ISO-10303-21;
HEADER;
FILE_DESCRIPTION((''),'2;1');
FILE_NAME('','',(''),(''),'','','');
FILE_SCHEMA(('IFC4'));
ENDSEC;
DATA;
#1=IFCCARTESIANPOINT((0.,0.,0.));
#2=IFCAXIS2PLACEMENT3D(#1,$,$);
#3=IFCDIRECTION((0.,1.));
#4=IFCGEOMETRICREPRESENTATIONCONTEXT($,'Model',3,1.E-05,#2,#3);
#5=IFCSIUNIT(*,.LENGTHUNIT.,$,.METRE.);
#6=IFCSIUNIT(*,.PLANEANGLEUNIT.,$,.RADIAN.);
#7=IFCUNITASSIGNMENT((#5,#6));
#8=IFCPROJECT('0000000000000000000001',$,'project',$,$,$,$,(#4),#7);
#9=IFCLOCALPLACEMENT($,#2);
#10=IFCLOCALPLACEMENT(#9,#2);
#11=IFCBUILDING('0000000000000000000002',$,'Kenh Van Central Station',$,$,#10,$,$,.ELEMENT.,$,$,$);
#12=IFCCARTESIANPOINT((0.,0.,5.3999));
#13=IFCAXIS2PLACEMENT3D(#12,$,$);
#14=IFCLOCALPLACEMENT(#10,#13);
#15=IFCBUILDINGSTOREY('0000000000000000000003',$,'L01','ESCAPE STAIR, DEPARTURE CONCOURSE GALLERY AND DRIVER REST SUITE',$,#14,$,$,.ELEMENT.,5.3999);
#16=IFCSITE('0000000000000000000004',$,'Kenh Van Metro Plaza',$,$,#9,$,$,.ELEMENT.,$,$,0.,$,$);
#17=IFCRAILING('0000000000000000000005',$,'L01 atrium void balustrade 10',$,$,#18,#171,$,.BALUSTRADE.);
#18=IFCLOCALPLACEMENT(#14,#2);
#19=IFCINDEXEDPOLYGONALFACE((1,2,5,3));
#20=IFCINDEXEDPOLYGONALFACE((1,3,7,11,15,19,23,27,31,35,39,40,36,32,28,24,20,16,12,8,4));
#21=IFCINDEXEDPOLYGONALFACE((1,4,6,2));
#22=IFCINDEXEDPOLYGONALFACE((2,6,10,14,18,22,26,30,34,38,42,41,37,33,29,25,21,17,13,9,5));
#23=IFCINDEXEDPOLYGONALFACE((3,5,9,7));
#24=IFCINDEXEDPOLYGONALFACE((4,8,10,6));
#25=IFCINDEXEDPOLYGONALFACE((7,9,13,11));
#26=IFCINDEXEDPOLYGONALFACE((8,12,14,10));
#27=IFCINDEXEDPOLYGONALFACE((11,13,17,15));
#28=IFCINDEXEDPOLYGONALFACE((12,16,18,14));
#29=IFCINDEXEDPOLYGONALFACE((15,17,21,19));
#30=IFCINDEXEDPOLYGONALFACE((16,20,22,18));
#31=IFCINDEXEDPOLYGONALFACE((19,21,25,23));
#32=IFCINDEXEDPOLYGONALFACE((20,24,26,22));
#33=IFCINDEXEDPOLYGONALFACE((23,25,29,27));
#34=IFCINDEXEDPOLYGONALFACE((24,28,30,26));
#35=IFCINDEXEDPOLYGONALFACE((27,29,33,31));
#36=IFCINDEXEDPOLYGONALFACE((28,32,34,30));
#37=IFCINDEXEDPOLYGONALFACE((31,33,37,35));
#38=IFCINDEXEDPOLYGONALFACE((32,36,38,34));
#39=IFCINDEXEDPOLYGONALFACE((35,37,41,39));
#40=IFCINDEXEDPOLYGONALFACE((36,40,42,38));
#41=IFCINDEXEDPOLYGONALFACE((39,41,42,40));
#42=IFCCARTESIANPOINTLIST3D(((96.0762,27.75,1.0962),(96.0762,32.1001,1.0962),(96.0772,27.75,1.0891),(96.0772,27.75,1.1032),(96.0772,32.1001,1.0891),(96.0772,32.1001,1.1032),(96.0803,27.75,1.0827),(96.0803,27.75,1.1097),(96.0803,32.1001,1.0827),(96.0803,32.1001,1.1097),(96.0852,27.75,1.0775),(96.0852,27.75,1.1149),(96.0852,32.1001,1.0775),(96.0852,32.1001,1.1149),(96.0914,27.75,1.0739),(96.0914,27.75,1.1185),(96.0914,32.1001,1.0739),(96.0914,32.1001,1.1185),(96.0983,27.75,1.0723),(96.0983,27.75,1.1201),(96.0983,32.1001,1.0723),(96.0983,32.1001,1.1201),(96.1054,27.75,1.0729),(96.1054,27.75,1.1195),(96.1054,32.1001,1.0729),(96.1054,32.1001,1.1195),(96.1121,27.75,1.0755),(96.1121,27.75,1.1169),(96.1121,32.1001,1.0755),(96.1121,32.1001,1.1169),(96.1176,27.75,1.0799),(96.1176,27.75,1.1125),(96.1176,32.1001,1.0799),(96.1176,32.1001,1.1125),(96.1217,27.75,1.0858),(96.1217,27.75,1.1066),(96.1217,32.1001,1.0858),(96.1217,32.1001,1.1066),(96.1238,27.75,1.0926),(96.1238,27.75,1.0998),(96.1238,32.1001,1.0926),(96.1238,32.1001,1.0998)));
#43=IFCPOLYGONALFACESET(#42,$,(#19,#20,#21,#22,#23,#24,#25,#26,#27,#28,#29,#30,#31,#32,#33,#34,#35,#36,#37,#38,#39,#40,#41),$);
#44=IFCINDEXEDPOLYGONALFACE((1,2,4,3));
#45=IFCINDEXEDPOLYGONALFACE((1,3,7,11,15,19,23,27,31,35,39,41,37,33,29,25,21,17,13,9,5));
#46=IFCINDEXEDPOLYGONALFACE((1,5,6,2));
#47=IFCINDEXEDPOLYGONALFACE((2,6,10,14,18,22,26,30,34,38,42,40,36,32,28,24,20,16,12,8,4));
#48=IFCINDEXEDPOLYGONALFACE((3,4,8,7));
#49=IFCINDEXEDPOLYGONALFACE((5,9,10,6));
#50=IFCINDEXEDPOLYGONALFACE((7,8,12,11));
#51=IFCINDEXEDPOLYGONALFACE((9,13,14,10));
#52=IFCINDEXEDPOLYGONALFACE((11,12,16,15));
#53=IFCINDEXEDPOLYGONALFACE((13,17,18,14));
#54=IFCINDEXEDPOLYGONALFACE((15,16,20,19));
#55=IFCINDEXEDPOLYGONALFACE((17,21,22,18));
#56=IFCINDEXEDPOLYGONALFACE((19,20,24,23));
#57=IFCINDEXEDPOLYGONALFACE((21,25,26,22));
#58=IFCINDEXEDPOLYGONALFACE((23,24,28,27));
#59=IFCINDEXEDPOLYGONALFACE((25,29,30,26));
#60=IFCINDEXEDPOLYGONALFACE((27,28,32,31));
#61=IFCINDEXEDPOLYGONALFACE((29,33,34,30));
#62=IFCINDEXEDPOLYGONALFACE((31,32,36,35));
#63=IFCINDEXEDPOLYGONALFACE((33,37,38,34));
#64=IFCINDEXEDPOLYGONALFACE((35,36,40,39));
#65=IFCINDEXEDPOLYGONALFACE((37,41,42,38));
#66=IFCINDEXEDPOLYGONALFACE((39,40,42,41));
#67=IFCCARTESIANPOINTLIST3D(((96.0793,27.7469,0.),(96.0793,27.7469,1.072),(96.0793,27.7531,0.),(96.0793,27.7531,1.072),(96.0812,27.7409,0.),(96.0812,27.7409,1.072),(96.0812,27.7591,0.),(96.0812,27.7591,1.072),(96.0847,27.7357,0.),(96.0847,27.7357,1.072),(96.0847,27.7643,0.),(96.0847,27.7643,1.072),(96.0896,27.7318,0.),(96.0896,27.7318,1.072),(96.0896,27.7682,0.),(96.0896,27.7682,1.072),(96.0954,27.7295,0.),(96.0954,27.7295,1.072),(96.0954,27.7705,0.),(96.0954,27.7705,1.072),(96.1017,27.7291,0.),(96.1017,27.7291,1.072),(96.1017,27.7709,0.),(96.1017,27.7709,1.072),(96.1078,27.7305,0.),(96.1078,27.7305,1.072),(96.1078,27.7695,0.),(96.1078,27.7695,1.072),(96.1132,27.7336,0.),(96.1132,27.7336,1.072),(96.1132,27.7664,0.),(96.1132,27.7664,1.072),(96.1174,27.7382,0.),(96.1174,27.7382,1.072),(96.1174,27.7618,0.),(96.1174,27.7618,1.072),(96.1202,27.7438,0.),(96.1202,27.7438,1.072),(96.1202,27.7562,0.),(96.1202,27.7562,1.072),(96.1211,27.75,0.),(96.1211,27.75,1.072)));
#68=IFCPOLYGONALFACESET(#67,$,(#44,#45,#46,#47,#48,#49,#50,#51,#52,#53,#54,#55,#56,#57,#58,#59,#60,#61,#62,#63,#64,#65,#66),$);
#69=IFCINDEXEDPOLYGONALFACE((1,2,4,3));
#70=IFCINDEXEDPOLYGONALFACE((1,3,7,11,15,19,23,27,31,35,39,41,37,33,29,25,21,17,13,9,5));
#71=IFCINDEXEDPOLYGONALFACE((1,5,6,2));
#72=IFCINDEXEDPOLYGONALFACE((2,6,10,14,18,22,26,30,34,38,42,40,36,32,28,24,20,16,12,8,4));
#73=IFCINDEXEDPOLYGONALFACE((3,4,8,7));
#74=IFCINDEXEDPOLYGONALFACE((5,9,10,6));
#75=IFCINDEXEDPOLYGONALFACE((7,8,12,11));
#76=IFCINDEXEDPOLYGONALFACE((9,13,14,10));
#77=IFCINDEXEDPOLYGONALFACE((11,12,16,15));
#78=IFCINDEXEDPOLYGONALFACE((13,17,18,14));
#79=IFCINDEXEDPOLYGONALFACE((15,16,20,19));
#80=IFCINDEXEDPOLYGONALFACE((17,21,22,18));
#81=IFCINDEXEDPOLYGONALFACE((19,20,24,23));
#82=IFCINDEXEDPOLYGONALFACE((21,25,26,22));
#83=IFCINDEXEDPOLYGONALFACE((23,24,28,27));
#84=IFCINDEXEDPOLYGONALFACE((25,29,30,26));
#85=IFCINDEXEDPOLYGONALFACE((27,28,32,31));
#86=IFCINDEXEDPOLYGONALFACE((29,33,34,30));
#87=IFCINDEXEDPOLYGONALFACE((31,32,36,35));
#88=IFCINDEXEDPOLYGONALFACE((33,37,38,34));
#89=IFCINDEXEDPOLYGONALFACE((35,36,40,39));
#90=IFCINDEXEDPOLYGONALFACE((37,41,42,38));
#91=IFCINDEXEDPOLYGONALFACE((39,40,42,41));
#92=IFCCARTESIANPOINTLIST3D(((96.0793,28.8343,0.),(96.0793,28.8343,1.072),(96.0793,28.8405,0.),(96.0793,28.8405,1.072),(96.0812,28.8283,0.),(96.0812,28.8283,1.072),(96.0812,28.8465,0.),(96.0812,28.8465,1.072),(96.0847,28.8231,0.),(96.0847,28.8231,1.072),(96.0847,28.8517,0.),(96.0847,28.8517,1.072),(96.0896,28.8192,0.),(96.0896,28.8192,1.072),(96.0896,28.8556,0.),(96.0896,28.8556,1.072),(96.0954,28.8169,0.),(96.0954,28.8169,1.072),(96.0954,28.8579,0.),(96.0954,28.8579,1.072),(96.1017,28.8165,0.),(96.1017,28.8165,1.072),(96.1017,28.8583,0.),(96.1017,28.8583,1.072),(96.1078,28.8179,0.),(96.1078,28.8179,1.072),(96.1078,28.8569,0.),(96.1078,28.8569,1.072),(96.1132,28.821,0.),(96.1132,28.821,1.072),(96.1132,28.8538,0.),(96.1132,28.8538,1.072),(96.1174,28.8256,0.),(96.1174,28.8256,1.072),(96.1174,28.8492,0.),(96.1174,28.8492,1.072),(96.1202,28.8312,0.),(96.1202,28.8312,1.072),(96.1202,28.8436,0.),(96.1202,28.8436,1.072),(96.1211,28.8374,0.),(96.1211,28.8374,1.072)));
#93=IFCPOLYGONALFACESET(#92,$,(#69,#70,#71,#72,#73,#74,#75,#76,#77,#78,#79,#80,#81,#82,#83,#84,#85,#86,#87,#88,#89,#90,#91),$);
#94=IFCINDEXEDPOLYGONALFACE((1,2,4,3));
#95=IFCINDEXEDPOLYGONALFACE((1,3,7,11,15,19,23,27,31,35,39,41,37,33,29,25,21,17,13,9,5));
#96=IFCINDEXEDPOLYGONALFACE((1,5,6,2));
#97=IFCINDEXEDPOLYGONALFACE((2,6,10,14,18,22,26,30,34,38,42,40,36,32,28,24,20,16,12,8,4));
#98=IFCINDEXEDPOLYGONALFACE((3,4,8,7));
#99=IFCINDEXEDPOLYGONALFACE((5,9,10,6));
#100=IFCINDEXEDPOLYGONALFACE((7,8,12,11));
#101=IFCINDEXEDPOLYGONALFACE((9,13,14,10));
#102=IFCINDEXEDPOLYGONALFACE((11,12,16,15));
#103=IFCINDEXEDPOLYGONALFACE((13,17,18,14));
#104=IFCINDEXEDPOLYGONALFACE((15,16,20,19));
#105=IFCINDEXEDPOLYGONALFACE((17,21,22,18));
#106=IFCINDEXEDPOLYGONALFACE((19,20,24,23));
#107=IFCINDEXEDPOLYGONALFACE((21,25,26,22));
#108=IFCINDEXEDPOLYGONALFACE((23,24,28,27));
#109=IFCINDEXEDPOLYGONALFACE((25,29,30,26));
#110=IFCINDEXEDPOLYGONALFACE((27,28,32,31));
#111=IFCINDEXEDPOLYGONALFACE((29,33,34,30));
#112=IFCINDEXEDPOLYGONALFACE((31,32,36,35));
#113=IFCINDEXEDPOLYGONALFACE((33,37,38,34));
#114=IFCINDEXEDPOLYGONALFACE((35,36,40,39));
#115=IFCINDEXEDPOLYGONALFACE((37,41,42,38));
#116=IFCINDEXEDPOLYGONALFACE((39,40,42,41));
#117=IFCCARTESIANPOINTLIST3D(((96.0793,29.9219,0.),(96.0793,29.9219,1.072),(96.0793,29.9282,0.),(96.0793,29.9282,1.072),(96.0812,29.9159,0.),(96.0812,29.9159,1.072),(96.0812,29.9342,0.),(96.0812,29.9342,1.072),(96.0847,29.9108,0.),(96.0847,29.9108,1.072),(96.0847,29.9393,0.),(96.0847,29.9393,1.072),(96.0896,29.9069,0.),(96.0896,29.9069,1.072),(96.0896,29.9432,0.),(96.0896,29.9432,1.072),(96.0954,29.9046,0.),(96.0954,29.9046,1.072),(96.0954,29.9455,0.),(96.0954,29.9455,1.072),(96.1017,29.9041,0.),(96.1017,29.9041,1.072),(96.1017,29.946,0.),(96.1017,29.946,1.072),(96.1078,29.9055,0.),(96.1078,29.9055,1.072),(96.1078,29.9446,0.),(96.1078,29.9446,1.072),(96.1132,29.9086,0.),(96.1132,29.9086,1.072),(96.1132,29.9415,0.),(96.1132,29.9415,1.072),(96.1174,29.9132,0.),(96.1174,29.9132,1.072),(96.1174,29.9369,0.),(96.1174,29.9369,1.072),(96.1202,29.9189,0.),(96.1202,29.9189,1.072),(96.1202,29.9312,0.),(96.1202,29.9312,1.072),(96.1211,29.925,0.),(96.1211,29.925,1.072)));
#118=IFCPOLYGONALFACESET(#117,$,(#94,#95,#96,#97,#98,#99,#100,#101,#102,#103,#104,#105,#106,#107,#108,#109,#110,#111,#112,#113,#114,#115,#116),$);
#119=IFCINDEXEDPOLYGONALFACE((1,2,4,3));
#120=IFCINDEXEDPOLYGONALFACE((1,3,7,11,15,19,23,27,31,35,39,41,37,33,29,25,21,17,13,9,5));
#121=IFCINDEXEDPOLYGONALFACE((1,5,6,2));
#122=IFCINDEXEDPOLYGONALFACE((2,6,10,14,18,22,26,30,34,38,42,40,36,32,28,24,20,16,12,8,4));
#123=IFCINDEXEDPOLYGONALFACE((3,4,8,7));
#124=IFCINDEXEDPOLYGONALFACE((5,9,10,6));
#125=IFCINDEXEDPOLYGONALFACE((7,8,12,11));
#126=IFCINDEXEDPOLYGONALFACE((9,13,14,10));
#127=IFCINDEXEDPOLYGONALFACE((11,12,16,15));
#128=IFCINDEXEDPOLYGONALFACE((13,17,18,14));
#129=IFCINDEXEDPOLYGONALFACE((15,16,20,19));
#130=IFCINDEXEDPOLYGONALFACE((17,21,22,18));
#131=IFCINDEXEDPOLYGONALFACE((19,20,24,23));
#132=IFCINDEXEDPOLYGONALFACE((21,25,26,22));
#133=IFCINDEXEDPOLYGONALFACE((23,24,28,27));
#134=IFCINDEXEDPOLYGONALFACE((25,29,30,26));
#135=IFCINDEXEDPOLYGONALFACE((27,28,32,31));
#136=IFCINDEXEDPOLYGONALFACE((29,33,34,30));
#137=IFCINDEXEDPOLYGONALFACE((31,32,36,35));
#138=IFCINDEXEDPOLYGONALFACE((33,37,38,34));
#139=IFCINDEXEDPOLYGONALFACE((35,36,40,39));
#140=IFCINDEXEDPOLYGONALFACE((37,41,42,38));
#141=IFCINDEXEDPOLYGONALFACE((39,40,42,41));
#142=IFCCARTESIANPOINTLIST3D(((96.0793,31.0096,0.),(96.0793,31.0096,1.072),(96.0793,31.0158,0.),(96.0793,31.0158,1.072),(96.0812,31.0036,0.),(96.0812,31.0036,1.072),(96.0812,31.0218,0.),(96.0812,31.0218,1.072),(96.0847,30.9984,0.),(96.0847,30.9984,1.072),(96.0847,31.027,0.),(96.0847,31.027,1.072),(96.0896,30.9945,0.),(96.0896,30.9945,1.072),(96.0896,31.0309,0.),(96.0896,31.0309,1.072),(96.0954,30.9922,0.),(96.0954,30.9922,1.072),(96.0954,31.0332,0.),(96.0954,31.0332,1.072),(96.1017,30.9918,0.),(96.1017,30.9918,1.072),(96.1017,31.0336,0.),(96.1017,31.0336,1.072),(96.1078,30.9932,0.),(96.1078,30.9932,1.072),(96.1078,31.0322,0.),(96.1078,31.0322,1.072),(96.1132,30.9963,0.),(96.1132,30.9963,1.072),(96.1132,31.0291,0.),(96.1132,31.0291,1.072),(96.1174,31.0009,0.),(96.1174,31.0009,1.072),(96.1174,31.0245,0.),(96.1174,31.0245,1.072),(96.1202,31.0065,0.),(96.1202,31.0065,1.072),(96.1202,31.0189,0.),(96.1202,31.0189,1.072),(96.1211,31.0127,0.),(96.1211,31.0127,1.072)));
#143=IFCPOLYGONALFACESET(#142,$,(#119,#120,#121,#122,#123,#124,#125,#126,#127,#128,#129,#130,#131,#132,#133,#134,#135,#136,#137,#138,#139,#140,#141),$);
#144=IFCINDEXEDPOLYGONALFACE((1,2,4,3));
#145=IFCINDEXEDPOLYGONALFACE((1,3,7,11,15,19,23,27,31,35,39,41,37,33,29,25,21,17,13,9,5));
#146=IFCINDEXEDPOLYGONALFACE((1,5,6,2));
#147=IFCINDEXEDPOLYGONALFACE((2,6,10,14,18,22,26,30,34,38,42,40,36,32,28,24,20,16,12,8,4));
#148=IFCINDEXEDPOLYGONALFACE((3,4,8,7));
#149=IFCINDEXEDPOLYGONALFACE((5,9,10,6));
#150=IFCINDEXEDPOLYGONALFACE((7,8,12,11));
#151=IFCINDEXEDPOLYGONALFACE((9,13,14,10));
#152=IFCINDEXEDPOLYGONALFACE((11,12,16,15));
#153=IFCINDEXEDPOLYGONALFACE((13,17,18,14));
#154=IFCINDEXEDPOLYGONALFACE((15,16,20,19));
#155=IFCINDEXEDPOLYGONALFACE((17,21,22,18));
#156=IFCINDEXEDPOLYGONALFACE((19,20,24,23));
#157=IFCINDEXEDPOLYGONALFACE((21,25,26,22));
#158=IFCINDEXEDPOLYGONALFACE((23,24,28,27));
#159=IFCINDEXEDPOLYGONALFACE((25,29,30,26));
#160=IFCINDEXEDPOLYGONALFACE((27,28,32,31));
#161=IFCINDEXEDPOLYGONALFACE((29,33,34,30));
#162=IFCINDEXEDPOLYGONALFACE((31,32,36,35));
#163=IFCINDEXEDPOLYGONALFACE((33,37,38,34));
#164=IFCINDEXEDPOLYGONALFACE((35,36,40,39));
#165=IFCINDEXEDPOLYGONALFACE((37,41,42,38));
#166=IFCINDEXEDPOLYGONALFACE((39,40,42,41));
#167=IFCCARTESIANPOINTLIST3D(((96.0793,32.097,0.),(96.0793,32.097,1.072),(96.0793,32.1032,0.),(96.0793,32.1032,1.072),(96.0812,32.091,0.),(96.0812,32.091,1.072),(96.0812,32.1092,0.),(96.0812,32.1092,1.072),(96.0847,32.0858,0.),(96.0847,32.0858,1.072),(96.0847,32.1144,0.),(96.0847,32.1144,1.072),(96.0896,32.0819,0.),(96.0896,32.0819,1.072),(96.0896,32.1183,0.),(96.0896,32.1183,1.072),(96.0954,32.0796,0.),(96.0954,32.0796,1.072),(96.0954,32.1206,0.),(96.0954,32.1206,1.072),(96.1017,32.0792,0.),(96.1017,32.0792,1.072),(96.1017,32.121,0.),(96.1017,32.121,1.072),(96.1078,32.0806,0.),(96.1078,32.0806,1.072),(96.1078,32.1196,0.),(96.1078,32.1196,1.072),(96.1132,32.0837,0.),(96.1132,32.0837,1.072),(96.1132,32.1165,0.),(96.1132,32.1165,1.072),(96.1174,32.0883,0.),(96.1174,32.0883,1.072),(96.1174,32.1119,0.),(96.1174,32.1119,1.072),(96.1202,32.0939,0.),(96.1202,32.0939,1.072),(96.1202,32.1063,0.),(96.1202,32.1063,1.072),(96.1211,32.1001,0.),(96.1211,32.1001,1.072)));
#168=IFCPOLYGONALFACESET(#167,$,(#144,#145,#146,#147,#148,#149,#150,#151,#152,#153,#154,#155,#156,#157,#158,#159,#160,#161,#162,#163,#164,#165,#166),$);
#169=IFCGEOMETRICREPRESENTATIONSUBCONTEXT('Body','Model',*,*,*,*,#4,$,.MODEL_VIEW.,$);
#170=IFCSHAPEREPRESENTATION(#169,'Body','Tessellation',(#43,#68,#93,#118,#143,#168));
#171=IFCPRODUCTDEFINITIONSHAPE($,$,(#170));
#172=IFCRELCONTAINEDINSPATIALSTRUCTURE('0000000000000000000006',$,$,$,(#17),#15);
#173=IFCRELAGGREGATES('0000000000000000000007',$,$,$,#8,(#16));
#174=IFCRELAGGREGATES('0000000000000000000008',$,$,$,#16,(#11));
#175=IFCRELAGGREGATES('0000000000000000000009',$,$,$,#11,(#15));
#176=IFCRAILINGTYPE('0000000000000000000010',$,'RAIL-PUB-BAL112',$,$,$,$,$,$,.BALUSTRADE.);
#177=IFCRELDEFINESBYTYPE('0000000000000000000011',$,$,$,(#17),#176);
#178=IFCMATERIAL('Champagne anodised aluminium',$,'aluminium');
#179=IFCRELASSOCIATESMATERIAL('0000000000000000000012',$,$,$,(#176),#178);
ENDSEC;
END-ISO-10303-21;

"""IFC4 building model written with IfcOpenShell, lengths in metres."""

from ifc_helpers import new_model, si_unit, direction, frame, origin, origin_2d, place, context, subcontext, project, spatial, circle, extrude, material, type_object, element, save


model = new_model("IFC4")

# Units and contexts
model_context = context("Model", 3, precision=1e-05, world=origin(), true_north=direction((0.0, 1.0)))
body_context = subcontext(model_context, "Body", "Model", "MODEL_VIEW")
ifc_project = project(units=[si_unit("LENGTHUNIT", "METRE"), si_unit("PLANEANGLEUNIT", "RADIAN")], contexts=[model_context])

# Site, building, storey
site_placement = place(None, origin())
site = spatial("IfcSite", under=ifc_project, at=site_placement, Name="Kenh Van Metro Plaza", CompositionType="ELEMENT", RefElevation=0.0)
building_placement = place(site_placement, origin())
building = spatial("IfcBuilding", under=site, at=building_placement, Name="Kenh Van Central Station", CompositionType="ELEMENT")
storey_placement = place(building_placement, frame((0.0, 0.0, 5.3999)))
storey = spatial("IfcBuildingStorey", under=building, at=storey_placement, Name="L01", Description="ESCAPE STAIR, DEPARTURE CONCOURSE GALLERY AND DRIVER REST SUITE", CompositionType="ELEMENT", Elevation=5.3999)

# Shared definitions
ifc_material_1 = material(Name="Champagne anodised aluminium", Category="aluminium")

# Railing
railing_type = type_object("IfcRailingType", Name="RAIL-PUB-BAL112", PredefinedType="BALUSTRADE", material=ifc_material_1)
railing_1_placement = place(storey_placement, frame((96.1001, 27.75, 0.0)))
element("IfcRailing", 1, at=railing_1_placement, inside=storey, type_object=railing_type, Name="L01 atrium void balustrade 10", PredefinedType="BALUSTRADE", context=body_context, shape_type="SweptSolid", body=[
    extrude(circle(Radius=0.0239, at=origin_2d()), frame((0.0, 0.0, 1.0962), z_axis=(0.0, 1.0, 0.0), x_axis=(-1.0, 0.0, 0.0)), (0.0, 0.0, 1.0), 4.3501),
    extrude(circle(Radius=0.021, at=origin_2d()), origin(), (0.0, 0.0, 1.0), 1.072),
    extrude(circle(Radius=0.021, at=origin_2d()), frame((0.0, 1.0874, 0.0)), (0.0, 0.0, 1.0), 1.072),
    extrude(circle(Radius=0.021, at=origin_2d()), frame((0.0, 2.175, 0.0)), (0.0, 0.0, 1.0), 1.072),
    extrude(circle(Radius=0.021, at=origin_2d()), frame((0.0, 3.2627, 0.0)), (0.0, 0.0, 1.0), 1.072),
    extrude(circle(Radius=0.021, at=origin_2d()), frame((0.0, 4.3501, 0.0)), (0.0, 0.0, 1.0), 1.072),
])

save(model, "model.ifc")
